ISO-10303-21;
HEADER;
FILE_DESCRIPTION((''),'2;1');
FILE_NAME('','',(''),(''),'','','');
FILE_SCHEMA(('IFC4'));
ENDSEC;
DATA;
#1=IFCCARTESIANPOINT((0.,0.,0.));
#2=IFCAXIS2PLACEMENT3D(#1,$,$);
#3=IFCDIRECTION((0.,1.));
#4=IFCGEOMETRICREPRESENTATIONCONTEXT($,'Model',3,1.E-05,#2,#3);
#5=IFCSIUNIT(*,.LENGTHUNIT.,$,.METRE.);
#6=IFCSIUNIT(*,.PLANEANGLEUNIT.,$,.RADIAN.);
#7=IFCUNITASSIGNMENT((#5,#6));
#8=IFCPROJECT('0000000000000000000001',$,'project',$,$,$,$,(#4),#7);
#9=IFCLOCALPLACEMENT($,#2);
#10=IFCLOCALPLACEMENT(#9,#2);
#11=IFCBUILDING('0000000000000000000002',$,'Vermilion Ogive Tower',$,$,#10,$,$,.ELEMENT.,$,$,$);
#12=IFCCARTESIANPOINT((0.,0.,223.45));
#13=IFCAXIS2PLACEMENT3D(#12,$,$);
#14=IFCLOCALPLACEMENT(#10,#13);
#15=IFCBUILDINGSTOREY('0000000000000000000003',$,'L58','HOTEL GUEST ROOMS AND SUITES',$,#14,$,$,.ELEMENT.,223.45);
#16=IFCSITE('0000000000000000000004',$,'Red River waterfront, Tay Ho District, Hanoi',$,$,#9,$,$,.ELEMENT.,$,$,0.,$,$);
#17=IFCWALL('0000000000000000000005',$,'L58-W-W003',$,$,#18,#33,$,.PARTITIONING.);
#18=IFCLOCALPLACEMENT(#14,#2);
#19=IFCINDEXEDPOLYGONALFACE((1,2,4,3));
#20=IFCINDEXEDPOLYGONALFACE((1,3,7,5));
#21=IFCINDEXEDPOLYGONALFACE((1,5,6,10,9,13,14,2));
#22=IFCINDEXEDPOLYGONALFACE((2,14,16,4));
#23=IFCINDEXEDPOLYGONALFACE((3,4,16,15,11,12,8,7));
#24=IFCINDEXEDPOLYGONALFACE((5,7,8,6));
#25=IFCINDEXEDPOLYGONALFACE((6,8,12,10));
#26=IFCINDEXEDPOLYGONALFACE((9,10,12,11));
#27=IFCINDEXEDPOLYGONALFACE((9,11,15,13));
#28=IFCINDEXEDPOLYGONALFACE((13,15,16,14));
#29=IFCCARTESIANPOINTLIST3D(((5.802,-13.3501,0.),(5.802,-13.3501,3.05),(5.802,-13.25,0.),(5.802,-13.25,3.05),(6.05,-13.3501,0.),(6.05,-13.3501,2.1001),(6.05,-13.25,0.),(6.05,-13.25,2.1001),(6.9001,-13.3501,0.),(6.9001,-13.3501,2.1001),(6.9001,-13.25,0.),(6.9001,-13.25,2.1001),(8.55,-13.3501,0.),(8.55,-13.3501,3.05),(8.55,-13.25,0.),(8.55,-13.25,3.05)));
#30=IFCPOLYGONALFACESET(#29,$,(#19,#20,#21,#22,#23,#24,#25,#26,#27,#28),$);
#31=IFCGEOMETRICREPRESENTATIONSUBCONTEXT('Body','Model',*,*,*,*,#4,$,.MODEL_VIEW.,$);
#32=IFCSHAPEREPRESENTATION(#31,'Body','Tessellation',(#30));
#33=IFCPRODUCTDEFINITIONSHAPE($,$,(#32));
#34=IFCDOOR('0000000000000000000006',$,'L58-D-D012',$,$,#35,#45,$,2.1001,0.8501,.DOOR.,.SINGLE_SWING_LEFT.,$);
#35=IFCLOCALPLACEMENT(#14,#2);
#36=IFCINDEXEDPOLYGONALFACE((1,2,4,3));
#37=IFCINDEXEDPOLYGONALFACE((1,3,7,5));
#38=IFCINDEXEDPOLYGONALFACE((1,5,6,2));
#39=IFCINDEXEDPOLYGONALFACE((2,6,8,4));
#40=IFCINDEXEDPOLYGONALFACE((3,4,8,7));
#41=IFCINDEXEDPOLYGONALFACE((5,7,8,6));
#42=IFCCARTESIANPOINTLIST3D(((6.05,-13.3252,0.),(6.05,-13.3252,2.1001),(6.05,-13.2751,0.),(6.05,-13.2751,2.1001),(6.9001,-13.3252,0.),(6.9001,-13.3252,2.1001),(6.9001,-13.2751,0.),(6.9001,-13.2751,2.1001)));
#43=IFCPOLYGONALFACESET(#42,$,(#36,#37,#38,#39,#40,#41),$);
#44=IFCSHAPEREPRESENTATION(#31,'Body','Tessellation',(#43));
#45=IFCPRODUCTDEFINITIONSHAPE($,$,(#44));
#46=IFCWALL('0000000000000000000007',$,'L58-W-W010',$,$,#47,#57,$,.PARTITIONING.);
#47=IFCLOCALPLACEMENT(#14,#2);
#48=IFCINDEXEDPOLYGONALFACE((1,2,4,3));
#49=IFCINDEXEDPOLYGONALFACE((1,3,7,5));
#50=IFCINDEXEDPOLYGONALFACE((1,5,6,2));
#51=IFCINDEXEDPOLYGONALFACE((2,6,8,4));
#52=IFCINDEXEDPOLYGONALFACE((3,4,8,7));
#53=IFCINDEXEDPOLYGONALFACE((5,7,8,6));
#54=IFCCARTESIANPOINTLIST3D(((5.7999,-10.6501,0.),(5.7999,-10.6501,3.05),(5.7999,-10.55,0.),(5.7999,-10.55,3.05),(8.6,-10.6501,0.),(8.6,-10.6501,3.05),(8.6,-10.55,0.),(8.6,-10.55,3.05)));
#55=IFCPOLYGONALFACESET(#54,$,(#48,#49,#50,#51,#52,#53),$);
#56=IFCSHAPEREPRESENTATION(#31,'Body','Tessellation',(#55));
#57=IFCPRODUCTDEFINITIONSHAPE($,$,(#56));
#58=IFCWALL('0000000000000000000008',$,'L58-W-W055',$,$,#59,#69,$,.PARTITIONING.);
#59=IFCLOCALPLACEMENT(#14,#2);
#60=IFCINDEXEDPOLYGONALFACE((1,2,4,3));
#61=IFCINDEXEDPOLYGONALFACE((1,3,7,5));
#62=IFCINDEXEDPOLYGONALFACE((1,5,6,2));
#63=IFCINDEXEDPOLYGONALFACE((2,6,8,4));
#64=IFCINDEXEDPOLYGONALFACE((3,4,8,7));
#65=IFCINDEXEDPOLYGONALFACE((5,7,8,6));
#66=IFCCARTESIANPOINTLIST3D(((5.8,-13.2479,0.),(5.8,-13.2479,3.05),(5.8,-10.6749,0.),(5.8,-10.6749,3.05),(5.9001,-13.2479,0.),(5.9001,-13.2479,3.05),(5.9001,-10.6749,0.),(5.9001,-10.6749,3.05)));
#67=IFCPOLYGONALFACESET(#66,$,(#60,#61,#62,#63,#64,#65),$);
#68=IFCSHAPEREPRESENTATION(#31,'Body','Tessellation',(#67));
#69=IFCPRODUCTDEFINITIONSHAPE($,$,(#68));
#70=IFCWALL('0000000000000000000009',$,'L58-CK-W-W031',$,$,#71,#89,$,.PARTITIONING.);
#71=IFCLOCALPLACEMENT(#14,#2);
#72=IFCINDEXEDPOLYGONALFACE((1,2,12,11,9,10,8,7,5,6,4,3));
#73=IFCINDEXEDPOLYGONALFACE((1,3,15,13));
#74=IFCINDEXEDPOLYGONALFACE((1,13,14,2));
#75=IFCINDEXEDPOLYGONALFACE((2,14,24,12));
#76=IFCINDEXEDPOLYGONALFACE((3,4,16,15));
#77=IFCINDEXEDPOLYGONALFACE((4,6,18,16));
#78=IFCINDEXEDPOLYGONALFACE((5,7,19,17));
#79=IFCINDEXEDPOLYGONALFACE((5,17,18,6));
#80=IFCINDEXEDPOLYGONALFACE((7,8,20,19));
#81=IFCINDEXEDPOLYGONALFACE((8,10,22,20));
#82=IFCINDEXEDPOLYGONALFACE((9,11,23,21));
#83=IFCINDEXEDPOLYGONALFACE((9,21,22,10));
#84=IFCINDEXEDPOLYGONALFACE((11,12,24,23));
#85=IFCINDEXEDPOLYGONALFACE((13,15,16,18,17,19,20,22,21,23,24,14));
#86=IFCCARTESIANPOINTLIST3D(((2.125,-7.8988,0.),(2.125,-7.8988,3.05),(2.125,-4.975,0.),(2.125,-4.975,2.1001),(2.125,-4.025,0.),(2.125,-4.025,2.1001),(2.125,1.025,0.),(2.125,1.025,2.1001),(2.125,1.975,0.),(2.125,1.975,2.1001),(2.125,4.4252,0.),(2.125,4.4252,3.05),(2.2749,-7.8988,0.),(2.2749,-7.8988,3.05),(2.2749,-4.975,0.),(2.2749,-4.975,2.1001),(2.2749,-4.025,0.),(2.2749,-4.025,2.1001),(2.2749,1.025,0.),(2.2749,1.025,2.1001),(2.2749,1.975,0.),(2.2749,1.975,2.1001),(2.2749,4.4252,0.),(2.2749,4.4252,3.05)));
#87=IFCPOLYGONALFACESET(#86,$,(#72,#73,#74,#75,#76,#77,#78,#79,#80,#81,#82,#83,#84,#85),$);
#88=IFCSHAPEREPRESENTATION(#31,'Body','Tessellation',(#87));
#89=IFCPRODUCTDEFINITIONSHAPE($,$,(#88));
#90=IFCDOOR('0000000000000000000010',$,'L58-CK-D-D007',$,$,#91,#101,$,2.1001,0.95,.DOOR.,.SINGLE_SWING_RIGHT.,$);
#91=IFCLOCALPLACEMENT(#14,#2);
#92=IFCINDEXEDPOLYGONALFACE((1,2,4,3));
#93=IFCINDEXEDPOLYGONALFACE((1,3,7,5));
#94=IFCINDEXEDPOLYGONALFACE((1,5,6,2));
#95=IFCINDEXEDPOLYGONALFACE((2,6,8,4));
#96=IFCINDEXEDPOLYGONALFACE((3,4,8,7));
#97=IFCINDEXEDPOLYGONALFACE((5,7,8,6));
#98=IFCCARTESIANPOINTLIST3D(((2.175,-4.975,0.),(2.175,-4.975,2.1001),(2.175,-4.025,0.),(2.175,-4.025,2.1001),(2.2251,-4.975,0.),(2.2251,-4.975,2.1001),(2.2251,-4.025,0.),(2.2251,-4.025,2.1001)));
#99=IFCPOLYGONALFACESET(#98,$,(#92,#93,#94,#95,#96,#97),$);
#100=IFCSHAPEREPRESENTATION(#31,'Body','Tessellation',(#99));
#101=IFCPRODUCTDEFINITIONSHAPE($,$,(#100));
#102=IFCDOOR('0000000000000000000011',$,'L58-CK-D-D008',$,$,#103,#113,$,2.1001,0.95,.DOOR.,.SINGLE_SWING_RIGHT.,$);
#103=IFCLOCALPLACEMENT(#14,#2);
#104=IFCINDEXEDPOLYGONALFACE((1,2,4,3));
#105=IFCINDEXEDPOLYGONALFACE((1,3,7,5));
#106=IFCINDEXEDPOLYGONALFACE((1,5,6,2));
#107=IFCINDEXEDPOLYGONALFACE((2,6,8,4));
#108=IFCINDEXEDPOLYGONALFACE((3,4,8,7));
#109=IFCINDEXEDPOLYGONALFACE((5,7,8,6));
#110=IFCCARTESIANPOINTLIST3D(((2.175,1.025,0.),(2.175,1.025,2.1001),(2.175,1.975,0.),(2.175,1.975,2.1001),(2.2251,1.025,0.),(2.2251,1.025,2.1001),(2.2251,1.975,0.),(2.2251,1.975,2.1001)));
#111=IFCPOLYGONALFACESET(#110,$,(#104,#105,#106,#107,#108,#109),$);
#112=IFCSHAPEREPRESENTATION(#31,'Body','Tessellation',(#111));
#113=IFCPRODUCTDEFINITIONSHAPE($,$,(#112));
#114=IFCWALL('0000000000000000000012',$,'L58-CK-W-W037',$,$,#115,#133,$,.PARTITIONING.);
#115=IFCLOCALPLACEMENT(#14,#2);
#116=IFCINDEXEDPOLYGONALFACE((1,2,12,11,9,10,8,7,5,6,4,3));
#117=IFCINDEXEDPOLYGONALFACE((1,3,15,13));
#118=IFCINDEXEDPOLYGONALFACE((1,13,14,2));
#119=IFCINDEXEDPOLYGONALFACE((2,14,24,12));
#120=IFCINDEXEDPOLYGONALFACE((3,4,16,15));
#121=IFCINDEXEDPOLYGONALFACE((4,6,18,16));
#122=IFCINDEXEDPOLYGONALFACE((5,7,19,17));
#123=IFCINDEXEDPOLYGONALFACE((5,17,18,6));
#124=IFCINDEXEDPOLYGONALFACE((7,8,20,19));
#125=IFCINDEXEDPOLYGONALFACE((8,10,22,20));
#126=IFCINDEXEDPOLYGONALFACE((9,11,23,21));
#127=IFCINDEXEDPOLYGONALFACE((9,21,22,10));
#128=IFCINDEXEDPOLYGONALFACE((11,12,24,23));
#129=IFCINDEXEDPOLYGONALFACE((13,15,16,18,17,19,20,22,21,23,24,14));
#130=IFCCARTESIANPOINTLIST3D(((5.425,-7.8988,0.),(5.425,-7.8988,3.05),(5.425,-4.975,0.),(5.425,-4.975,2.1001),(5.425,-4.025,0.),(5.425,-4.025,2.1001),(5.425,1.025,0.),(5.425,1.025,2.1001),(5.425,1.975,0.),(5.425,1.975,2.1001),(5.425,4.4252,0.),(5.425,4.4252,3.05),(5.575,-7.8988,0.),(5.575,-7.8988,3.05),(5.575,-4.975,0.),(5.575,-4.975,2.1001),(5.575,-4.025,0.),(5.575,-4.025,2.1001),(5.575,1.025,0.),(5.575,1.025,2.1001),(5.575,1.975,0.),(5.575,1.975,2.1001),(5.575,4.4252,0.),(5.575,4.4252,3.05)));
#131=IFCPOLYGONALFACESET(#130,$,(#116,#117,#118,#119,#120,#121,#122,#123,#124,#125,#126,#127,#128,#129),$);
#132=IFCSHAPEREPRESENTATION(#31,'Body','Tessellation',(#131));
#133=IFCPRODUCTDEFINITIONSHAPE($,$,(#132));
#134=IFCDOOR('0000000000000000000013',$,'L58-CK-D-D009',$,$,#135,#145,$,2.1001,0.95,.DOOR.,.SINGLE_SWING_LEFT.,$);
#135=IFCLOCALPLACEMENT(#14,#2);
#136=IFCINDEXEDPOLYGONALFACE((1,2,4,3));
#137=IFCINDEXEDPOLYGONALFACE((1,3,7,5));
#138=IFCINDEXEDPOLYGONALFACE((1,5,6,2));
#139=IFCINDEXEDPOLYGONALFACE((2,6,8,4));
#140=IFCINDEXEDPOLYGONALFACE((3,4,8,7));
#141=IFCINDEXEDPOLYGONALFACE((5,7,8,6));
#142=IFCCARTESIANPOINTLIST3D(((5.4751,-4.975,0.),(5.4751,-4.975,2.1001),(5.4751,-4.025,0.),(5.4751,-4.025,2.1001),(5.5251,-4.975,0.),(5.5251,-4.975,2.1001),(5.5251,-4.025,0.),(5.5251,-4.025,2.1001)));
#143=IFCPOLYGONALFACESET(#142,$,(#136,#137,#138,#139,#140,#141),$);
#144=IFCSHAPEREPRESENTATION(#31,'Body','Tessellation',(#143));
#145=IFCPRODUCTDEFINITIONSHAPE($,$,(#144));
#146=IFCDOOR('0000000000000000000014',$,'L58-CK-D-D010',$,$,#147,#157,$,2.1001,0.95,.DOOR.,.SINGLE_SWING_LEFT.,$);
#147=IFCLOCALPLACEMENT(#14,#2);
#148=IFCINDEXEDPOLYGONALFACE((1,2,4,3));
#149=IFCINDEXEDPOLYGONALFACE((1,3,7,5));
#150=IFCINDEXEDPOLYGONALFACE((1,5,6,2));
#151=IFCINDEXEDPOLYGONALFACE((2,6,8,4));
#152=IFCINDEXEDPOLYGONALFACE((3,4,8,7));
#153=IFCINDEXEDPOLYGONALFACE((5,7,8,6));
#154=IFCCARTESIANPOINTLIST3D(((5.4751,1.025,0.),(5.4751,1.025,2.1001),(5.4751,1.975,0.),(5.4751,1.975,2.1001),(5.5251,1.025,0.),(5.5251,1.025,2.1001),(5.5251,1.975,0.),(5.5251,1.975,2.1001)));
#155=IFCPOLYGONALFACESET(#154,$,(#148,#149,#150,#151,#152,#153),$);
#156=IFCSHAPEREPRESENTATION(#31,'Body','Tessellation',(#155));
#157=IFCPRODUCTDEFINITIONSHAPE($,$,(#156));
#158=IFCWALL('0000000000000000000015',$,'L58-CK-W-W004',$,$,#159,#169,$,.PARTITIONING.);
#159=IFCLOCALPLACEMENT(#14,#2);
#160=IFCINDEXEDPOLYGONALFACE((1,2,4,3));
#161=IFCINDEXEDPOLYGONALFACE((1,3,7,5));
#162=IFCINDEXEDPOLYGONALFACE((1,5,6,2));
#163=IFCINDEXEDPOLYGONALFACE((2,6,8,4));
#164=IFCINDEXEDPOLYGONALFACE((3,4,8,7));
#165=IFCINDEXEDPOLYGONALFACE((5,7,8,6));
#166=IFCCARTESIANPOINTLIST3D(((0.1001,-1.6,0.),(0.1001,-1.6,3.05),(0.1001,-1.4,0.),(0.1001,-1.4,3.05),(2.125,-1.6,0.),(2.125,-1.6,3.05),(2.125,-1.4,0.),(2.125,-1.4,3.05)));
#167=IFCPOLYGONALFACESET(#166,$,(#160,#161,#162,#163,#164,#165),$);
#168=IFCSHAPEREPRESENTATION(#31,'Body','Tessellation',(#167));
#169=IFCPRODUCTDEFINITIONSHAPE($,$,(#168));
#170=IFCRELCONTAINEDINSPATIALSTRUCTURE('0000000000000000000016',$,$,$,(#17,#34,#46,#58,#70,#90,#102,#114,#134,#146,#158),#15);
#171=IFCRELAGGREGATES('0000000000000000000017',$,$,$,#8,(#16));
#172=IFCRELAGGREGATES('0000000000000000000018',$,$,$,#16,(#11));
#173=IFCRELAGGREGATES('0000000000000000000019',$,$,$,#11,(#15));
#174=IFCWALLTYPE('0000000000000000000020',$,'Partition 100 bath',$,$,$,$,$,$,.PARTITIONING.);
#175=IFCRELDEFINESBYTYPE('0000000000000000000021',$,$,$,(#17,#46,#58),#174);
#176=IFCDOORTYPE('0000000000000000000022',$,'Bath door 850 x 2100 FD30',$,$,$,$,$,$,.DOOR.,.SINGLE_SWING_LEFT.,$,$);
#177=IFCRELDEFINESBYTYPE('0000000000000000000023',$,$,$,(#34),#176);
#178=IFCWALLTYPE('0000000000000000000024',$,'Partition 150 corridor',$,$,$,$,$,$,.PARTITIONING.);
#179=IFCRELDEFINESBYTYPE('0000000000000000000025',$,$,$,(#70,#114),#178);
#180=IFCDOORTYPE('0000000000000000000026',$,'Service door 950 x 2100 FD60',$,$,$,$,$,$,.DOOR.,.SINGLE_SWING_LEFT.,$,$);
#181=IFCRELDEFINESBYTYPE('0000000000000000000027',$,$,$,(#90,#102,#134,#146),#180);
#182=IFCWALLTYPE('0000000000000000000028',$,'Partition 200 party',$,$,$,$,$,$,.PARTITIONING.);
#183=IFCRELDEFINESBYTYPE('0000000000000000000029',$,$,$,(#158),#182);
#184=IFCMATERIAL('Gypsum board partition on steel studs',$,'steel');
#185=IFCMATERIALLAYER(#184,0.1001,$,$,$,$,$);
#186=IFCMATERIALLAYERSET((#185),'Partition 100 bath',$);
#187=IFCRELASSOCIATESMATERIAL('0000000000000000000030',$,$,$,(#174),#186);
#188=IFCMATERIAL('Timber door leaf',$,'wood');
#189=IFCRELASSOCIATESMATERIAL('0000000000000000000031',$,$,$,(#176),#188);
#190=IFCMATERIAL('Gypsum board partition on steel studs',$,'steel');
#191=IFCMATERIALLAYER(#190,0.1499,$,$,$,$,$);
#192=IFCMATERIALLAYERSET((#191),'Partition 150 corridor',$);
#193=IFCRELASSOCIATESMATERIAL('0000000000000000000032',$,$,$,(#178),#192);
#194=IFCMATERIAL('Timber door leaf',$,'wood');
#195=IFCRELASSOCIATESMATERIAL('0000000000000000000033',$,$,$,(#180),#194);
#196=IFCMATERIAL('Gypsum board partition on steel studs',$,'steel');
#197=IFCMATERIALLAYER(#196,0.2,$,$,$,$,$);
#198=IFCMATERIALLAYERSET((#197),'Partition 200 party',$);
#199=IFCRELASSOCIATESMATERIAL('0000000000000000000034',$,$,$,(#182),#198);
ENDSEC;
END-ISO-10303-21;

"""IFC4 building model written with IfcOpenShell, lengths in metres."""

from ifc_helpers import new_model, si_unit, direction, frame, frame_2d, origin, place, context, subcontext, project, spatial, rectangle, extrude, material, layer, layer_set, type_object, element, fill, save


model = new_model("IFC4")

# Units and contexts
model_context = context("Model", 3, precision=1e-05, world=origin(), true_north=direction((0.0, 1.0)))
body_context = subcontext(model_context, "Body", "Model", "MODEL_VIEW")
ifc_project = project(units=[si_unit("LENGTHUNIT", "METRE"), si_unit("PLANEANGLEUNIT", "RADIAN")], contexts=[model_context])

# Site, building, storey
site_placement = place(None, origin())
site = spatial("IfcSite", under=ifc_project, at=site_placement, Name="Red River waterfront, Tay Ho District, Hanoi", CompositionType="ELEMENT", RefElevation=0.0)
building_placement = place(site_placement, origin())
building = spatial("IfcBuilding", under=site, at=building_placement, Name="Vermilion Ogive Tower", CompositionType="ELEMENT")
storey_placement = place(building_placement, frame((0.0, 0.0, 223.45)))
storey = spatial("IfcBuildingStorey", under=building, at=storey_placement, Name="L58", Description="HOTEL GUEST ROOMS AND SUITES", CompositionType="ELEMENT", Elevation=223.45)

# Wall, opening, door
ifc_material_1 = material(Name="Gypsum board partition on steel studs", Category="steel")
ifc_layer_1 = layer(ifc_material_1, 0.1001)
ifc_layer_set_1 = layer_set([ifc_layer_1], Name="Partition 100 bath")
wall_type_1 = type_object("IfcWallType", Name="Partition 100 bath", PredefinedType="PARTITIONING", material=ifc_layer_set_1)
wall_1_placement = place(storey_placement, frame((5.802, -13.3, 0.0), z_axis=(0.0, 0.0, 1.0), x_axis=(1.0, 0.0, 0.0)))
wall_1 = element("IfcWall", 1, at=wall_1_placement, inside=storey, type_object=wall_type_1, Name="L58-W-W003", PredefinedType="PARTITIONING", context=body_context, shape_type="SweptSolid", body=[
    extrude(rectangle(XDim=2.748, YDim=0.1001, at=frame_2d((1.374, 0.0))), origin(), (0.0, 0.0, 1.0), 3.05),
])
opening_1_placement = place(wall_1_placement, frame((0.248, 0.0, 0.0)))
opening_1 = element("IfcOpeningElement", 2, at=opening_1_placement, cuts=wall_1, PredefinedType="OPENING", context=body_context, shape_type="SweptSolid", body=[
    extrude(rectangle(XDim=0.8501, YDim=2.1001, at=frame_2d((0.425, 1.05))), frame((0.0, 0.0601, 0.0), z_axis=(0.0, -1.0, 0.0), x_axis=(1.0, 0.0, 0.0)), (0.0, 0.0, 1.0), 0.1201),
])
ifc_material_2 = material(Name="Timber door leaf", Category="wood")
door_type_1 = type_object("IfcDoorType", Name="Bath door 850 x 2100 FD30", OperationType="SINGLE_SWING_LEFT", PredefinedType="DOOR", material=ifc_material_2)
door_1_placement = place(opening_1_placement, origin())
door_1 = element("IfcDoor", 3, at=door_1_placement, inside=storey, type_object=door_type_1, Name="L58-D-D012", OperationType="SINGLE_SWING_LEFT", OverallHeight=2.1001, OverallWidth=0.8501, PredefinedType="DOOR", context=body_context, shape_type="SweptSolid", body=[
    extrude(rectangle(XDim=0.8501, YDim=2.1001, at=frame_2d((0.425, 1.05))), frame((0.0, 0.0249, 0.0), z_axis=(0.0, -1.0, 0.0), x_axis=(1.0, 0.0, 0.0)), (0.0, 0.0, 1.0), 0.05),
])
fill(opening_1, door_1)

# Walls
wall_2_placement = place(storey_placement, frame((5.8, -10.6001, 0.0), z_axis=(0.0, 0.0, 1.0), x_axis=(1.0, 0.0, 0.0)))
element("IfcWall", 4, at=wall_2_placement, inside=storey, type_object=wall_type_1, Name="L58-W-W010", PredefinedType="PARTITIONING", context=body_context, shape_type="SweptSolid", body=[
    extrude(rectangle(XDim=2.8, YDim=0.1001, at=frame_2d((1.3999, 0.0))), origin(), (0.0, 0.0, 1.0), 3.05),
])
wall_3_placement = place(storey_placement, frame((5.8501, -13.248, 0.0), z_axis=(0.0, 0.0, 1.0), x_axis=(0.0, 1.0, 0.0)))
element("IfcWall", 5, at=wall_3_placement, inside=storey, type_object=wall_type_1, Name="L58-W-W055", PredefinedType="PARTITIONING", context=body_context, shape_type="SweptSolid", body=[
    extrude(rectangle(XDim=2.573, YDim=0.1001, at=frame_2d((1.2866, 0.0))), origin(), (0.0, 0.0, 1.0), 3.05),
])

# Walls, openings, doors
ifc_material_3 = material(Name="Gypsum board partition on steel studs", Category="steel")
ifc_layer_2 = layer(ifc_material_3, 0.1499)
ifc_layer_set_2 = layer_set([ifc_layer_2], Name="Partition 150 corridor")
wall_type_2 = type_object("IfcWallType", Name="Partition 150 corridor", PredefinedType="PARTITIONING", material=ifc_layer_set_2)
wall_4_placement = place(storey_placement, frame((2.2, -7.8989, 0.0), z_axis=(0.0, 0.0, 1.0), x_axis=(0.0, 1.0, 0.0)))
wall_4 = element("IfcWall", 6, at=wall_4_placement, inside=storey, type_object=wall_type_2, Name="L58-CK-W-W031", PredefinedType="PARTITIONING", context=body_context, shape_type="SweptSolid", body=[
    extrude(rectangle(XDim=12.324, YDim=0.1499, at=frame_2d((6.1621, 0.0))), origin(), (0.0, 0.0, 1.0), 3.05),
])
opening_2_placement = place(wall_4_placement, frame((2.9238, 0.0, 0.0)))
opening_2 = element("IfcOpeningElement", 7, at=opening_2_placement, cuts=wall_4, PredefinedType="OPENING", context=body_context, shape_type="SweptSolid", body=[
    extrude(rectangle(XDim=0.95, YDim=2.1001, at=frame_2d((0.4751, 1.05))), frame((0.0, 0.085, 0.0), z_axis=(0.0, -1.0, 0.0), x_axis=(1.0, 0.0, 0.0)), (0.0, 0.0, 1.0), 0.1699),
])
opening_3_placement = place(wall_4_placement, frame((8.9238, 0.0, 0.0)))
opening_3 = element("IfcOpeningElement", 8, at=opening_3_placement, cuts=wall_4, PredefinedType="OPENING", context=body_context, shape_type="SweptSolid", body=[
    extrude(rectangle(XDim=0.95, YDim=2.1001, at=frame_2d((0.4751, 1.05))), frame((0.0, 0.085, 0.0), z_axis=(0.0, -1.0, 0.0), x_axis=(1.0, 0.0, 0.0)), (0.0, 0.0, 1.0), 0.1699),
])
ifc_material_4 = material(Name="Timber door leaf", Category="wood")
door_type_2 = type_object("IfcDoorType", Name="Service door 950 x 2100 FD60", OperationType="SINGLE_SWING_LEFT", PredefinedType="DOOR", material=ifc_material_4)
door_2_placement = place(opening_2_placement, origin())
door_2 = element("IfcDoor", 9, at=door_2_placement, inside=storey, type_object=door_type_2, Name="L58-CK-D-D007", OperationType="SINGLE_SWING_RIGHT", OverallHeight=2.1001, OverallWidth=0.95, PredefinedType="DOOR", context=body_context, shape_type="SweptSolid", body=[
    extrude(rectangle(XDim=0.95, YDim=2.1001, at=frame_2d((0.4751, 1.05))), frame((0.0, 0.0249, 0.0), z_axis=(0.0, -1.0, 0.0), x_axis=(1.0, 0.0, 0.0)), (0.0, 0.0, 1.0), 0.05),
])
fill(opening_2, door_2)
door_3_placement = place(opening_3_placement, origin())
door_3 = element("IfcDoor", 10, at=door_3_placement, inside=storey, type_object=door_type_2, Name="L58-CK-D-D008", OperationType="SINGLE_SWING_RIGHT", OverallHeight=2.1001, OverallWidth=0.95, PredefinedType="DOOR", context=body_context, shape_type="SweptSolid", body=[
    extrude(rectangle(XDim=0.95, YDim=2.1001, at=frame_2d((0.4751, 1.05))), frame((0.0, 0.0249, 0.0), z_axis=(0.0, -1.0, 0.0), x_axis=(1.0, 0.0, 0.0)), (0.0, 0.0, 1.0), 0.05),
])
fill(opening_3, door_3)
wall_5_placement = place(storey_placement, frame((5.5, -7.8989, 0.0), z_axis=(0.0, 0.0, 1.0), x_axis=(0.0, 1.0, 0.0)))
wall_5 = element("IfcWall", 11, at=wall_5_placement, inside=storey, type_object=wall_type_2, Name="L58-CK-W-W037", PredefinedType="PARTITIONING", context=body_context, shape_type="SweptSolid", body=[
    extrude(rectangle(XDim=12.324, YDim=0.1499, at=frame_2d((6.1621, 0.0))), origin(), (0.0, 0.0, 1.0), 3.05),
])
opening_4_placement = place(wall_5_placement, frame((2.9238, 0.0, 0.0)))
opening_4 = element("IfcOpeningElement", 12, at=opening_4_placement, cuts=wall_5, PredefinedType="OPENING", context=body_context, shape_type="SweptSolid", body=[
    extrude(rectangle(XDim=0.95, YDim=2.1001, at=frame_2d((0.4751, 1.05))), frame((0.0, 0.085, 0.0), z_axis=(0.0, -1.0, 0.0), x_axis=(1.0, 0.0, 0.0)), (0.0, 0.0, 1.0), 0.1699),
])
opening_5_placement = place(wall_5_placement, frame((8.9238, 0.0, 0.0)))
opening_5 = element("IfcOpeningElement", 13, at=opening_5_placement, cuts=wall_5, PredefinedType="OPENING", context=body_context, shape_type="SweptSolid", body=[
    extrude(rectangle(XDim=0.95, YDim=2.1001, at=frame_2d((0.4751, 1.05))), frame((0.0, 0.085, 0.0), z_axis=(0.0, -1.0, 0.0), x_axis=(1.0, 0.0, 0.0)), (0.0, 0.0, 1.0), 0.1699),
])
door_4_placement = place(opening_4_placement, origin())
door_4 = element("IfcDoor", 14, at=door_4_placement, inside=storey, type_object=door_type_2, Name="L58-CK-D-D009", OperationType="SINGLE_SWING_LEFT", OverallHeight=2.1001, OverallWidth=0.95, PredefinedType="DOOR", context=body_context, shape_type="SweptSolid", body=[
    extrude(rectangle(XDim=0.95, YDim=2.1001, at=frame_2d((0.4751, 1.05))), frame((0.0, 0.0249, 0.0), z_axis=(0.0, -1.0, 0.0), x_axis=(1.0, 0.0, 0.0)), (0.0, 0.0, 1.0), 0.05),
])
fill(opening_4, door_4)
door_5_placement = place(opening_5_placement, origin())
door_5 = element("IfcDoor", 15, at=door_5_placement, inside=storey, type_object=door_type_2, Name="L58-CK-D-D010", OperationType="SINGLE_SWING_LEFT", OverallHeight=2.1001, OverallWidth=0.95, PredefinedType="DOOR", context=body_context, shape_type="SweptSolid", body=[
    extrude(rectangle(XDim=0.95, YDim=2.1001, at=frame_2d((0.4751, 1.05))), frame((0.0, 0.0249, 0.0), z_axis=(0.0, -1.0, 0.0), x_axis=(1.0, 0.0, 0.0)), (0.0, 0.0, 1.0), 0.05),
])
fill(opening_5, door_5)

# Wall
ifc_material_5 = material(Name="Gypsum board partition on steel studs", Category="steel")
ifc_layer_3 = layer(ifc_material_5, 0.2)
ifc_layer_set_3 = layer_set([ifc_layer_3], Name="Partition 200 party")
wall_type_3 = type_object("IfcWallType", Name="Partition 200 party", PredefinedType="PARTITIONING", material=ifc_layer_set_3)
wall_6_placement = place(storey_placement, frame((0.1001, -1.5, 0.0), z_axis=(0.0, 0.0, 1.0), x_axis=(1.0, 0.0, 0.0)))
element("IfcWall", 16, at=wall_6_placement, inside=storey, type_object=wall_type_3, Name="L58-CK-W-W004", PredefinedType="PARTITIONING", context=body_context, shape_type="SweptSolid", body=[
    extrude(rectangle(XDim=2.0249, YDim=0.2, at=frame_2d((1.0125, 0.0))), origin(), (0.0, 0.0, 1.0), 3.05),
])

save(model, "model.ifc")
